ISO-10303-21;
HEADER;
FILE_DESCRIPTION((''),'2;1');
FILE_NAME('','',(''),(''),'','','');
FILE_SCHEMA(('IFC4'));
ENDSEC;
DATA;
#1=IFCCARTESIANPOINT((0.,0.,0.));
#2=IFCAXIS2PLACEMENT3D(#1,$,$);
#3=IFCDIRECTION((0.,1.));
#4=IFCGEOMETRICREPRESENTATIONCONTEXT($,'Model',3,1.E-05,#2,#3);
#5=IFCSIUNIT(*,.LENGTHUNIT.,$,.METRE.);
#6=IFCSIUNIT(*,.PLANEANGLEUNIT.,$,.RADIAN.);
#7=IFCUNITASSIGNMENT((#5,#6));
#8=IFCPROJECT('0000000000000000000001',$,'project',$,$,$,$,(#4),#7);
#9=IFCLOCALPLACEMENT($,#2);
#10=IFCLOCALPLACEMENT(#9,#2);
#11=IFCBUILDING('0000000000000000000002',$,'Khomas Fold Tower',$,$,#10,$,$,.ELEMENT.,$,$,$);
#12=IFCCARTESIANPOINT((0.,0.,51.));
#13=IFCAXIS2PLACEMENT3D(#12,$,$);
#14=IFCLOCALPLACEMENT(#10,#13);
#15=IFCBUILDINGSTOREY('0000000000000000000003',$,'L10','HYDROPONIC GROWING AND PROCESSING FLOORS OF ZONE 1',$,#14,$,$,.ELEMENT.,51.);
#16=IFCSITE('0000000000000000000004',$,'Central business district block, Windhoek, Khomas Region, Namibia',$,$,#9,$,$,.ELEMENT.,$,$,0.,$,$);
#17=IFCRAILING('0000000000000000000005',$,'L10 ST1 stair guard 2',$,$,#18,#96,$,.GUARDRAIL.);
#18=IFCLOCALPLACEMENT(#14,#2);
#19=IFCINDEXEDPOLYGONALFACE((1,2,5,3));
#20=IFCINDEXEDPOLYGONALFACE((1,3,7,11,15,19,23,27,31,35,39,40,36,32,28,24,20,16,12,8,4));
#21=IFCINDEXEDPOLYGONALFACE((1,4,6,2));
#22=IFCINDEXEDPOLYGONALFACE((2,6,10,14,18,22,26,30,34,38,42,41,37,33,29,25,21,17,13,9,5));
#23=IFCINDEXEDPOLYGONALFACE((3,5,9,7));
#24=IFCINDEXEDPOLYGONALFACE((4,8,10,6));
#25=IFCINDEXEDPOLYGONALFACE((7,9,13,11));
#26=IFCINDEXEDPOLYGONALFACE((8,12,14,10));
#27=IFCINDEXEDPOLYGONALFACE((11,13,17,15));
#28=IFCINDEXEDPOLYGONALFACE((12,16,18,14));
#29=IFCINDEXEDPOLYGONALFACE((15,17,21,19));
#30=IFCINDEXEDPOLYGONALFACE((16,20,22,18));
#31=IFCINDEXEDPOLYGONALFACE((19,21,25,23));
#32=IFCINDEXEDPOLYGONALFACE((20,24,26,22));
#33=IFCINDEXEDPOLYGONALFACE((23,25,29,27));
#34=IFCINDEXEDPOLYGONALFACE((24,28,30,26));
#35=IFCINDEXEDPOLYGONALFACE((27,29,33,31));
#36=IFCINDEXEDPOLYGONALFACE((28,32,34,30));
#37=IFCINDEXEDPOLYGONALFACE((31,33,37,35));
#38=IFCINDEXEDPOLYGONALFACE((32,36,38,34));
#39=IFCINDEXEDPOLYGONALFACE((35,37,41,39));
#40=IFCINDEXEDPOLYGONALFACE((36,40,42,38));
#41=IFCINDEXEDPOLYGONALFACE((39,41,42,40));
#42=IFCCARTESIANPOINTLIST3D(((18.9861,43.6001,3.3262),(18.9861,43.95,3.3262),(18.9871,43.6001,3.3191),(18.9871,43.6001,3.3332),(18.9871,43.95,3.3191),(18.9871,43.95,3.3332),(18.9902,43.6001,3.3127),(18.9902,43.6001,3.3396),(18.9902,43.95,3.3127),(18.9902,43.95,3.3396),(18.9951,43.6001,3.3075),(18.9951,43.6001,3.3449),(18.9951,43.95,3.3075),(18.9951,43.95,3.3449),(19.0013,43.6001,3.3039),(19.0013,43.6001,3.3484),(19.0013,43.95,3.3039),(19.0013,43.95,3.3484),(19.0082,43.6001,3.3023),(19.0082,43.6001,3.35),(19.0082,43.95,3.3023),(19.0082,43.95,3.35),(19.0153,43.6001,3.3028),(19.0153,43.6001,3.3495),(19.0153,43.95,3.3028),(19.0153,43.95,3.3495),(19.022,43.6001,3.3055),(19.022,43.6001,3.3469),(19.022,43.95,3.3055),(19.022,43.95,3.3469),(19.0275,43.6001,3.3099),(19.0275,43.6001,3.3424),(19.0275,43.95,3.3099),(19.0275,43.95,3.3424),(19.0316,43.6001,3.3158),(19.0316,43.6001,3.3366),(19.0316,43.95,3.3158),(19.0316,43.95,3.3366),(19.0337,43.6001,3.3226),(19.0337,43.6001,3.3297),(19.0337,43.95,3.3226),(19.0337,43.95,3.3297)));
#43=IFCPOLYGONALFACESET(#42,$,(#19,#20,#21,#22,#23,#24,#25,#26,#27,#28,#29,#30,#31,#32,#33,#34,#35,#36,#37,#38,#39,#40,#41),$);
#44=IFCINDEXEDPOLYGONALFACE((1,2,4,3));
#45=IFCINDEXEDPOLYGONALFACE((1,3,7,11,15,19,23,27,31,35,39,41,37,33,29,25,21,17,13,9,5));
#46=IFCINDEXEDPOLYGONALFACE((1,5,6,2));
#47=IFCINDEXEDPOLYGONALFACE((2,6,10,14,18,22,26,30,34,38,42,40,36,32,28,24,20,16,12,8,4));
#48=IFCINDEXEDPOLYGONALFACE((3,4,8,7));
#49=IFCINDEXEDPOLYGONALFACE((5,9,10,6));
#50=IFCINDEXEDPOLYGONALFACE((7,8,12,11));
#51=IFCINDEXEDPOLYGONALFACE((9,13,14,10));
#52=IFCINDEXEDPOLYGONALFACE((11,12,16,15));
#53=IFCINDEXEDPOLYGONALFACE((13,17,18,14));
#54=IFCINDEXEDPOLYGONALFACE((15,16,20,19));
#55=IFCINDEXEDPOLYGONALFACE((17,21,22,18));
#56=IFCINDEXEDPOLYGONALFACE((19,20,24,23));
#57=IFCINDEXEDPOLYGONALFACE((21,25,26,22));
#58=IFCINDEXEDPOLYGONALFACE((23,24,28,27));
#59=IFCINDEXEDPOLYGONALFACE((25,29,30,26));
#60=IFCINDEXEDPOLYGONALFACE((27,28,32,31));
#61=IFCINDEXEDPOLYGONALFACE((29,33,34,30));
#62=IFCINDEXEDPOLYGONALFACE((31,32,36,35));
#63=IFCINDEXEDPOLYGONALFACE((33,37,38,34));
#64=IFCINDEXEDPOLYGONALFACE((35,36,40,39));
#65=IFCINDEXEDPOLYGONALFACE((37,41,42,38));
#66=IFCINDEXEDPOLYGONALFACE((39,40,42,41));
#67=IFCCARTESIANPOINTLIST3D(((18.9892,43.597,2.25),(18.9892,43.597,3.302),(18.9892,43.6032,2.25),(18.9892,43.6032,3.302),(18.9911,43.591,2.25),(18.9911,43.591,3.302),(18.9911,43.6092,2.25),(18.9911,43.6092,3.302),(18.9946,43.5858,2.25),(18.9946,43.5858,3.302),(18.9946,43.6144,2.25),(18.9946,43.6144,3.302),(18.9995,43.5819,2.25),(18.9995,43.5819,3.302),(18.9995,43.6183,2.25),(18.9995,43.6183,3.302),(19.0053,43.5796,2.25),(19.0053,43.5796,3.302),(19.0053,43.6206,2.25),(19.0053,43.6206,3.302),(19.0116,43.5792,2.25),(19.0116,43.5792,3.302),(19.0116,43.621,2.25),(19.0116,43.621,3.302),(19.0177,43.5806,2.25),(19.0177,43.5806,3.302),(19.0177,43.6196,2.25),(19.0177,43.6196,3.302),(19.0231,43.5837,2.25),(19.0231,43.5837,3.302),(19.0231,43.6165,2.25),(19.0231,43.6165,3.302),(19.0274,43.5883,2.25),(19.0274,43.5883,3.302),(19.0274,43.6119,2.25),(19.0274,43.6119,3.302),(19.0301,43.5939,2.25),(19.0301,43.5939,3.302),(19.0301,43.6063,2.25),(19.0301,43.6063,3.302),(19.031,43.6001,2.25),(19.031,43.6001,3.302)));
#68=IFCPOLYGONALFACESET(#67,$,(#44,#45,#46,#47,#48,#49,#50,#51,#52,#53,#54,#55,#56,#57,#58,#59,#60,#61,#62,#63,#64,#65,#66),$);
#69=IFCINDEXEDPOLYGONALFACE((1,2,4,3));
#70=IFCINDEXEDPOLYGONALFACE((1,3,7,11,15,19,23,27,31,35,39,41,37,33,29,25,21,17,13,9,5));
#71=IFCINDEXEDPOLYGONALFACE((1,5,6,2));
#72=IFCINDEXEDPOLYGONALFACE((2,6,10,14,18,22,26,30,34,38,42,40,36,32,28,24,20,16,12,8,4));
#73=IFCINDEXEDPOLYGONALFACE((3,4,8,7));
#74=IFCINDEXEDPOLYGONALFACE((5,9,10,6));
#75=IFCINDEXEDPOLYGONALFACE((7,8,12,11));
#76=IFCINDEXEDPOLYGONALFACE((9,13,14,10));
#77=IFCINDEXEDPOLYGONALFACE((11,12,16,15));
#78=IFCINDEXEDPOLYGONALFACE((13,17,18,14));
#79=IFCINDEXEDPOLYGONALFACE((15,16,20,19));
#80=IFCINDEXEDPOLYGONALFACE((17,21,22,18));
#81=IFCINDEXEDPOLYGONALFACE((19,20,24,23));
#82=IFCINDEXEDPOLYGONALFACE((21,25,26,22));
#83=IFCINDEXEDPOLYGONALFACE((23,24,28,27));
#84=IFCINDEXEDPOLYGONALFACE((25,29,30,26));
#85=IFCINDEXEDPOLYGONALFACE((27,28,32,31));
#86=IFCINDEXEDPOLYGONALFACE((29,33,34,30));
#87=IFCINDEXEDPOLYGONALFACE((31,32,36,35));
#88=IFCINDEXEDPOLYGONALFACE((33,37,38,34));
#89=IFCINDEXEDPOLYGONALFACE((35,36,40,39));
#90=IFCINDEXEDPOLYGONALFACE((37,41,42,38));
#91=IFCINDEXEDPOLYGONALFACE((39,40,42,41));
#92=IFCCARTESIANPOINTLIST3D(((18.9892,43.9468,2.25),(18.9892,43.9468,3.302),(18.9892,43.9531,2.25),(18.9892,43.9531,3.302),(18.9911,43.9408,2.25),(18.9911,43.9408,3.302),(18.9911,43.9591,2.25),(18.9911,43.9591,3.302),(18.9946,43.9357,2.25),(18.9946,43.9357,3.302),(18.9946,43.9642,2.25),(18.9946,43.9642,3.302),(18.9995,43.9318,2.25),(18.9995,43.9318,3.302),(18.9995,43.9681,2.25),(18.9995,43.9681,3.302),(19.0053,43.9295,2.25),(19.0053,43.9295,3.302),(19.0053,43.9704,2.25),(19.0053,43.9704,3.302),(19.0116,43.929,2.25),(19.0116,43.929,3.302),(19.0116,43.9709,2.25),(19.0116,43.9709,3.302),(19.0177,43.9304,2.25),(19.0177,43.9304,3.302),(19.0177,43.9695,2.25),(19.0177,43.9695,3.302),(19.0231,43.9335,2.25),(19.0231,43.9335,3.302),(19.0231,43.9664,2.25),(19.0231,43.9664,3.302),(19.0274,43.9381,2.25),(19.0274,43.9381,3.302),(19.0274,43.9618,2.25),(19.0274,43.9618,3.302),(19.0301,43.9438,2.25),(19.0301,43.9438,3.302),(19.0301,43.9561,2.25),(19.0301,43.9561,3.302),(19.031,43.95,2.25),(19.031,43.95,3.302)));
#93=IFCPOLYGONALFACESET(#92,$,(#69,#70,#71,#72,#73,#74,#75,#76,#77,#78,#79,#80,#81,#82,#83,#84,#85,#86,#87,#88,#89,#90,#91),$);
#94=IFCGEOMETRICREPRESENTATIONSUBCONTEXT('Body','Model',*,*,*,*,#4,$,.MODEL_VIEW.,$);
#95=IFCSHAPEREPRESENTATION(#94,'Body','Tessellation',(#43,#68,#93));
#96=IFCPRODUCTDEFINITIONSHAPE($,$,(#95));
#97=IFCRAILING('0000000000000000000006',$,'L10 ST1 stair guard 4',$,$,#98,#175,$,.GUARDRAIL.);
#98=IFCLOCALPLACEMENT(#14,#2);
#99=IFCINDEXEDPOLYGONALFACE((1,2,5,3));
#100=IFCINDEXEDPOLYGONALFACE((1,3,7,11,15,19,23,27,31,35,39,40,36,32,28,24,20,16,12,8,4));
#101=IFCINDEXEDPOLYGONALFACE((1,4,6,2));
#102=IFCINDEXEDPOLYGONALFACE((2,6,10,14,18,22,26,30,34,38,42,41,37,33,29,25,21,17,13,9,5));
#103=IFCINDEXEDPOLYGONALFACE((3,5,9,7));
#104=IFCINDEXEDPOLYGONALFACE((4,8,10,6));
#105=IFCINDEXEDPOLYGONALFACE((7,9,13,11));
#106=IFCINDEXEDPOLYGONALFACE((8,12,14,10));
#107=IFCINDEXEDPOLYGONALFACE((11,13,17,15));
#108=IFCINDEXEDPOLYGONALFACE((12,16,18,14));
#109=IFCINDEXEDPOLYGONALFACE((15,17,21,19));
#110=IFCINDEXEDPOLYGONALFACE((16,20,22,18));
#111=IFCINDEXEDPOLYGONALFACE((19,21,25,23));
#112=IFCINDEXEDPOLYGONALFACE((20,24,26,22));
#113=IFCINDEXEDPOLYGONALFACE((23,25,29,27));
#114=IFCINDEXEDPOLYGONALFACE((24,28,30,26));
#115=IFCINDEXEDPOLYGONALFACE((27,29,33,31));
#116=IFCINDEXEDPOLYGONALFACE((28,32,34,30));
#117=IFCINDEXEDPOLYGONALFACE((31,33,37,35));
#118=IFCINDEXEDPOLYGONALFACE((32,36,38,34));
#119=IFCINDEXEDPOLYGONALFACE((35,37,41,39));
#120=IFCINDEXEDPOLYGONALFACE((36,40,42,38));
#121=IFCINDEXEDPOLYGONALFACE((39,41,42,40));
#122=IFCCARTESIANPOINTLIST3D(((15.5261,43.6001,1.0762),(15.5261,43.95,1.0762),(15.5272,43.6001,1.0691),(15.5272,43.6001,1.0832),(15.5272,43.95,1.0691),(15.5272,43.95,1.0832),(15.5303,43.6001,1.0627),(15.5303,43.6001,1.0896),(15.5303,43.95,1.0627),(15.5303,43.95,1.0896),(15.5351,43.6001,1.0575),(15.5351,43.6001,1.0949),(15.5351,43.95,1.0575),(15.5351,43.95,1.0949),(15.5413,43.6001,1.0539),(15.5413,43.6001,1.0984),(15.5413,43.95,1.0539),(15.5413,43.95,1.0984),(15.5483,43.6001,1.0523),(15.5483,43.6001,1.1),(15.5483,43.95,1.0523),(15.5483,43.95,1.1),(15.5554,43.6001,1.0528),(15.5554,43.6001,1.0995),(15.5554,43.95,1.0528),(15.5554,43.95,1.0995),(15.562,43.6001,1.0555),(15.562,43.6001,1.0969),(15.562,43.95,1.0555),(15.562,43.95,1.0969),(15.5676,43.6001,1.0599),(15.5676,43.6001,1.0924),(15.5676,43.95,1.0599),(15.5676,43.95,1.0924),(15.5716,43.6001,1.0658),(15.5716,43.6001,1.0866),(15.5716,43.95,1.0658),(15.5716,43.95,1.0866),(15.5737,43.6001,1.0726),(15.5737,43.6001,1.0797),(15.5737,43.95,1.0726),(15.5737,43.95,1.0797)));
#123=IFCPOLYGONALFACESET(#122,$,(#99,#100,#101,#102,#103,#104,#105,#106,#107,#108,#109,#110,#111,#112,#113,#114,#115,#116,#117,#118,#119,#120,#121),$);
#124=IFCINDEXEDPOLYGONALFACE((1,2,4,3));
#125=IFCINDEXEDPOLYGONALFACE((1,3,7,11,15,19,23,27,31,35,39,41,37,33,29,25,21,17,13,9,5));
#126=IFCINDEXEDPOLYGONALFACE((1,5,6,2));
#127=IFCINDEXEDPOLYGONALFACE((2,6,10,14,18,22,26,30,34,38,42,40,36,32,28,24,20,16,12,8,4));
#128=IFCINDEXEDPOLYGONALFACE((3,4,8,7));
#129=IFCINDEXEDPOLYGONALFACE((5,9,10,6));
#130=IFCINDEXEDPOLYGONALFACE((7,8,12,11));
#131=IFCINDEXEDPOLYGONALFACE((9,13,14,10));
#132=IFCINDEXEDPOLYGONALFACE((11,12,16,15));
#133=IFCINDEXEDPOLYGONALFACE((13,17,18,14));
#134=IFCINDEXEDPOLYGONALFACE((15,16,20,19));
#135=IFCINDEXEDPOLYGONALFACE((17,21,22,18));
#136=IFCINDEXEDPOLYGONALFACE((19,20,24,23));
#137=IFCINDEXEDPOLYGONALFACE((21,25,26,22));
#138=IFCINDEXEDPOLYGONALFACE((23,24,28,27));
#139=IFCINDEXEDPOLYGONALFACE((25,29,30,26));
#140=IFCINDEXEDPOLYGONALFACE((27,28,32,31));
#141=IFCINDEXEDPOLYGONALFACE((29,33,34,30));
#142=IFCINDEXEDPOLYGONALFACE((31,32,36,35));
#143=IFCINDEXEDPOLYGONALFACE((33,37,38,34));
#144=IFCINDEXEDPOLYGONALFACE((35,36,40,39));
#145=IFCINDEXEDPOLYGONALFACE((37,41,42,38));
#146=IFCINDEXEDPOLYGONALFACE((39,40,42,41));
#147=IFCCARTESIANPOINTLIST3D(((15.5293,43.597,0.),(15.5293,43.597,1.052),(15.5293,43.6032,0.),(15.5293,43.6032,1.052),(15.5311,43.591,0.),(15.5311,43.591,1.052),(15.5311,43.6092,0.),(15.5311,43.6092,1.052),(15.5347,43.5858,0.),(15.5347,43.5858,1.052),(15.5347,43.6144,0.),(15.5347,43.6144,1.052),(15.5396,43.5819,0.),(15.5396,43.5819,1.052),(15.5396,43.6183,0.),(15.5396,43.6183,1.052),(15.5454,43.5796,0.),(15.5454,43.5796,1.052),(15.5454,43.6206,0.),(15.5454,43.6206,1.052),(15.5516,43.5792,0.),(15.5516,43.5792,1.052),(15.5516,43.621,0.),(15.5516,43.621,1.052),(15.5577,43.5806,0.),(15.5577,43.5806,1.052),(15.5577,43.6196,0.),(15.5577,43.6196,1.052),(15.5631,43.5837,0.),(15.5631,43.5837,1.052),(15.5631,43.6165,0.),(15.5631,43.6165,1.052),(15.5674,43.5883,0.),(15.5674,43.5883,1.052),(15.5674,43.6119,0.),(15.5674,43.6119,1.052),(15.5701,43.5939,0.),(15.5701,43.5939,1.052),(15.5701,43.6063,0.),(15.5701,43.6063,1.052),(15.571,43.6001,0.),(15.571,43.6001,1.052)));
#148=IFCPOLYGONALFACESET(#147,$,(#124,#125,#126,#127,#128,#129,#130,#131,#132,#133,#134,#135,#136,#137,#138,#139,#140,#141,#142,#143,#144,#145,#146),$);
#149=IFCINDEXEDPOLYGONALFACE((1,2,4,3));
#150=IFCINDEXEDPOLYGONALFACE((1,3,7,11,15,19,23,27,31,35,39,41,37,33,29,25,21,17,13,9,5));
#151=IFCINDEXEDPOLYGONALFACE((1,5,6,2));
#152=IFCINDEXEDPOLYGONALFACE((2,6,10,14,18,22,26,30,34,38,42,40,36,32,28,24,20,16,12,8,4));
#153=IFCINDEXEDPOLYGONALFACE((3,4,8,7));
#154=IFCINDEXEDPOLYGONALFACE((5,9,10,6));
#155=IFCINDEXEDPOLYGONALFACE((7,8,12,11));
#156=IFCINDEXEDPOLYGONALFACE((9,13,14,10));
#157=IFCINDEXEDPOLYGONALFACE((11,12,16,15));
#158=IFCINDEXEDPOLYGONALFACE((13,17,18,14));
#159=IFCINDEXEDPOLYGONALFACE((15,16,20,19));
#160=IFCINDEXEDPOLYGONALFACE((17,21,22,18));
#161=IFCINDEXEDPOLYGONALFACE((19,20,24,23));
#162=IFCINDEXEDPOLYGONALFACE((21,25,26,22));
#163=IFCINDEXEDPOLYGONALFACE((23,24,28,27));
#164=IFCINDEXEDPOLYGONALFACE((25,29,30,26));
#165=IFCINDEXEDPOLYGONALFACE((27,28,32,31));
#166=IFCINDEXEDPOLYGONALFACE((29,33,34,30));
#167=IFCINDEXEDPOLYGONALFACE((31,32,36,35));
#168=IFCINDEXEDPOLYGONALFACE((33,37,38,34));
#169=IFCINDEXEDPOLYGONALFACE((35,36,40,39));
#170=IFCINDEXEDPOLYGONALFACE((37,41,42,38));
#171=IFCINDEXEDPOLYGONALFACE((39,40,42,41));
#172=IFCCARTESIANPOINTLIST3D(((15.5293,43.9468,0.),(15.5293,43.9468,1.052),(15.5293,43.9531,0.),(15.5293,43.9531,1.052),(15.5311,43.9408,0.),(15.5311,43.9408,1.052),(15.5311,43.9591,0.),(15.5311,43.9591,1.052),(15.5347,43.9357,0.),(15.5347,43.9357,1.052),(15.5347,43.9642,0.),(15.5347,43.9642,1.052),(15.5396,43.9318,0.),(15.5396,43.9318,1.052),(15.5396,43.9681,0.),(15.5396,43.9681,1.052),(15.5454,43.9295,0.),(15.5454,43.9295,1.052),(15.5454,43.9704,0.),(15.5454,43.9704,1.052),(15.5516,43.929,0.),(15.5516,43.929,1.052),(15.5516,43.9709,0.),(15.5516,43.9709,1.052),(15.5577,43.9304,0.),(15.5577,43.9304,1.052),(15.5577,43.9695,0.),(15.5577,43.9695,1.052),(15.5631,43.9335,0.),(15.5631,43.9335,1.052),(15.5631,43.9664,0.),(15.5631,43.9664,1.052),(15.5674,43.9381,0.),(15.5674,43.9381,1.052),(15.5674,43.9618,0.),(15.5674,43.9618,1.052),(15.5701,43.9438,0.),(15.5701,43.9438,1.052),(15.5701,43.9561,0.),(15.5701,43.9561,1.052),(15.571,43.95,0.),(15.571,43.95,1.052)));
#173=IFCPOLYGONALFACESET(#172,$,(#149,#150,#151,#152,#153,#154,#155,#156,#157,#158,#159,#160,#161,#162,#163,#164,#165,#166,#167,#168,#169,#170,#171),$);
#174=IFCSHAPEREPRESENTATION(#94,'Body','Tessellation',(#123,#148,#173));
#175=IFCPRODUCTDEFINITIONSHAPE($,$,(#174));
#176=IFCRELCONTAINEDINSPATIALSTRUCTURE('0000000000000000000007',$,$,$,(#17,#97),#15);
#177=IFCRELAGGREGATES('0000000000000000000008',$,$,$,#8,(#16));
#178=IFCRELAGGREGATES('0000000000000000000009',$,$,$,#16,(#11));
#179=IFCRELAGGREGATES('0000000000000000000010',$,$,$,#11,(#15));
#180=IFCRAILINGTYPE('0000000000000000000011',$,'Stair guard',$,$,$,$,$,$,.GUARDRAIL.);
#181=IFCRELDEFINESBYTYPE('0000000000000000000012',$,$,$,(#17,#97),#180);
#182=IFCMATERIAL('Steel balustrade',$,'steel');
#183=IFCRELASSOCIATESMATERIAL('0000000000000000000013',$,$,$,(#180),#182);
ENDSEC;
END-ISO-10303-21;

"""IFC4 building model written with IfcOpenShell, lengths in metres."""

from ifc_helpers import new_model, si_unit, direction, frame, origin, origin_2d, place, context, subcontext, project, spatial, circle, extrude, source, transform, mapped, material, type_object, element, save


model = new_model("IFC4")

# Units and contexts
model_context = context("Model", 3, precision=1e-05, world=origin(), true_north=direction((0.0, 1.0)))
body_context = subcontext(model_context, "Body", "Model", "MODEL_VIEW")
ifc_project = project(units=[si_unit("LENGTHUNIT", "METRE"), si_unit("PLANEANGLEUNIT", "RADIAN")], contexts=[model_context])

# Site, building, storey
site_placement = place(None, origin())
site = spatial("IfcSite", under=ifc_project, at=site_placement, Name="Central business district block, Windhoek, Khomas Region, Namibia", CompositionType="ELEMENT", RefElevation=0.0)
building_placement = place(site_placement, origin())
building = spatial("IfcBuilding", under=site, at=building_placement, Name="Khomas Fold Tower", CompositionType="ELEMENT")
storey_placement = place(building_placement, frame((0.0, 0.0, 51.0)))
storey = spatial("IfcBuildingStorey", under=building, at=storey_placement, Name="L10", Description="HYDROPONIC GROWING AND PROCESSING FLOORS OF ZONE 1", CompositionType="ELEMENT", Elevation=51.0)

# Railings
ifc_material_1 = material(Name="Steel balustrade", Category="steel")
railing_type_1 = type_object("IfcRailingType", Name="Stair guard", PredefinedType="GUARDRAIL", material=ifc_material_1)
shared_shape_1 = source(origin(), body_context, "Body", "SweptSolid", [
    extrude(circle(Radius=0.0239, at=origin_2d()), frame((0.0, 0.0, 1.0762), z_axis=(0.0, 1.0, 0.0), x_axis=(-1.0, 0.0, 0.0)), (0.0, 0.0, 1.0), 0.3499),
    extrude(circle(Radius=0.021, at=origin_2d()), origin(), (0.0, 0.0, 1.0), 1.052),
    extrude(circle(Radius=0.021, at=origin_2d()), frame((0.0, 0.3499, 0.0)), (0.0, 0.0, 1.0), 1.052),
])
for number, where, name in (
    (1, (19.01, 43.6001, 2.25), "L10 ST1 stair guard 2"),
    (2, (15.55, 43.6001, 0.0), "L10 ST1 stair guard 4"),
):
    element("IfcRailing", number, at=place(storey_placement, frame(where)), inside=storey, type_object=railing_type_1, Name=name, PredefinedType="GUARDRAIL", context=body_context, shape_type="MappedRepresentation", body=[
        mapped(shared_shape_1, transform((0.0, 0.0, 0.0))),
    ])

save(model, "model.ifc")
